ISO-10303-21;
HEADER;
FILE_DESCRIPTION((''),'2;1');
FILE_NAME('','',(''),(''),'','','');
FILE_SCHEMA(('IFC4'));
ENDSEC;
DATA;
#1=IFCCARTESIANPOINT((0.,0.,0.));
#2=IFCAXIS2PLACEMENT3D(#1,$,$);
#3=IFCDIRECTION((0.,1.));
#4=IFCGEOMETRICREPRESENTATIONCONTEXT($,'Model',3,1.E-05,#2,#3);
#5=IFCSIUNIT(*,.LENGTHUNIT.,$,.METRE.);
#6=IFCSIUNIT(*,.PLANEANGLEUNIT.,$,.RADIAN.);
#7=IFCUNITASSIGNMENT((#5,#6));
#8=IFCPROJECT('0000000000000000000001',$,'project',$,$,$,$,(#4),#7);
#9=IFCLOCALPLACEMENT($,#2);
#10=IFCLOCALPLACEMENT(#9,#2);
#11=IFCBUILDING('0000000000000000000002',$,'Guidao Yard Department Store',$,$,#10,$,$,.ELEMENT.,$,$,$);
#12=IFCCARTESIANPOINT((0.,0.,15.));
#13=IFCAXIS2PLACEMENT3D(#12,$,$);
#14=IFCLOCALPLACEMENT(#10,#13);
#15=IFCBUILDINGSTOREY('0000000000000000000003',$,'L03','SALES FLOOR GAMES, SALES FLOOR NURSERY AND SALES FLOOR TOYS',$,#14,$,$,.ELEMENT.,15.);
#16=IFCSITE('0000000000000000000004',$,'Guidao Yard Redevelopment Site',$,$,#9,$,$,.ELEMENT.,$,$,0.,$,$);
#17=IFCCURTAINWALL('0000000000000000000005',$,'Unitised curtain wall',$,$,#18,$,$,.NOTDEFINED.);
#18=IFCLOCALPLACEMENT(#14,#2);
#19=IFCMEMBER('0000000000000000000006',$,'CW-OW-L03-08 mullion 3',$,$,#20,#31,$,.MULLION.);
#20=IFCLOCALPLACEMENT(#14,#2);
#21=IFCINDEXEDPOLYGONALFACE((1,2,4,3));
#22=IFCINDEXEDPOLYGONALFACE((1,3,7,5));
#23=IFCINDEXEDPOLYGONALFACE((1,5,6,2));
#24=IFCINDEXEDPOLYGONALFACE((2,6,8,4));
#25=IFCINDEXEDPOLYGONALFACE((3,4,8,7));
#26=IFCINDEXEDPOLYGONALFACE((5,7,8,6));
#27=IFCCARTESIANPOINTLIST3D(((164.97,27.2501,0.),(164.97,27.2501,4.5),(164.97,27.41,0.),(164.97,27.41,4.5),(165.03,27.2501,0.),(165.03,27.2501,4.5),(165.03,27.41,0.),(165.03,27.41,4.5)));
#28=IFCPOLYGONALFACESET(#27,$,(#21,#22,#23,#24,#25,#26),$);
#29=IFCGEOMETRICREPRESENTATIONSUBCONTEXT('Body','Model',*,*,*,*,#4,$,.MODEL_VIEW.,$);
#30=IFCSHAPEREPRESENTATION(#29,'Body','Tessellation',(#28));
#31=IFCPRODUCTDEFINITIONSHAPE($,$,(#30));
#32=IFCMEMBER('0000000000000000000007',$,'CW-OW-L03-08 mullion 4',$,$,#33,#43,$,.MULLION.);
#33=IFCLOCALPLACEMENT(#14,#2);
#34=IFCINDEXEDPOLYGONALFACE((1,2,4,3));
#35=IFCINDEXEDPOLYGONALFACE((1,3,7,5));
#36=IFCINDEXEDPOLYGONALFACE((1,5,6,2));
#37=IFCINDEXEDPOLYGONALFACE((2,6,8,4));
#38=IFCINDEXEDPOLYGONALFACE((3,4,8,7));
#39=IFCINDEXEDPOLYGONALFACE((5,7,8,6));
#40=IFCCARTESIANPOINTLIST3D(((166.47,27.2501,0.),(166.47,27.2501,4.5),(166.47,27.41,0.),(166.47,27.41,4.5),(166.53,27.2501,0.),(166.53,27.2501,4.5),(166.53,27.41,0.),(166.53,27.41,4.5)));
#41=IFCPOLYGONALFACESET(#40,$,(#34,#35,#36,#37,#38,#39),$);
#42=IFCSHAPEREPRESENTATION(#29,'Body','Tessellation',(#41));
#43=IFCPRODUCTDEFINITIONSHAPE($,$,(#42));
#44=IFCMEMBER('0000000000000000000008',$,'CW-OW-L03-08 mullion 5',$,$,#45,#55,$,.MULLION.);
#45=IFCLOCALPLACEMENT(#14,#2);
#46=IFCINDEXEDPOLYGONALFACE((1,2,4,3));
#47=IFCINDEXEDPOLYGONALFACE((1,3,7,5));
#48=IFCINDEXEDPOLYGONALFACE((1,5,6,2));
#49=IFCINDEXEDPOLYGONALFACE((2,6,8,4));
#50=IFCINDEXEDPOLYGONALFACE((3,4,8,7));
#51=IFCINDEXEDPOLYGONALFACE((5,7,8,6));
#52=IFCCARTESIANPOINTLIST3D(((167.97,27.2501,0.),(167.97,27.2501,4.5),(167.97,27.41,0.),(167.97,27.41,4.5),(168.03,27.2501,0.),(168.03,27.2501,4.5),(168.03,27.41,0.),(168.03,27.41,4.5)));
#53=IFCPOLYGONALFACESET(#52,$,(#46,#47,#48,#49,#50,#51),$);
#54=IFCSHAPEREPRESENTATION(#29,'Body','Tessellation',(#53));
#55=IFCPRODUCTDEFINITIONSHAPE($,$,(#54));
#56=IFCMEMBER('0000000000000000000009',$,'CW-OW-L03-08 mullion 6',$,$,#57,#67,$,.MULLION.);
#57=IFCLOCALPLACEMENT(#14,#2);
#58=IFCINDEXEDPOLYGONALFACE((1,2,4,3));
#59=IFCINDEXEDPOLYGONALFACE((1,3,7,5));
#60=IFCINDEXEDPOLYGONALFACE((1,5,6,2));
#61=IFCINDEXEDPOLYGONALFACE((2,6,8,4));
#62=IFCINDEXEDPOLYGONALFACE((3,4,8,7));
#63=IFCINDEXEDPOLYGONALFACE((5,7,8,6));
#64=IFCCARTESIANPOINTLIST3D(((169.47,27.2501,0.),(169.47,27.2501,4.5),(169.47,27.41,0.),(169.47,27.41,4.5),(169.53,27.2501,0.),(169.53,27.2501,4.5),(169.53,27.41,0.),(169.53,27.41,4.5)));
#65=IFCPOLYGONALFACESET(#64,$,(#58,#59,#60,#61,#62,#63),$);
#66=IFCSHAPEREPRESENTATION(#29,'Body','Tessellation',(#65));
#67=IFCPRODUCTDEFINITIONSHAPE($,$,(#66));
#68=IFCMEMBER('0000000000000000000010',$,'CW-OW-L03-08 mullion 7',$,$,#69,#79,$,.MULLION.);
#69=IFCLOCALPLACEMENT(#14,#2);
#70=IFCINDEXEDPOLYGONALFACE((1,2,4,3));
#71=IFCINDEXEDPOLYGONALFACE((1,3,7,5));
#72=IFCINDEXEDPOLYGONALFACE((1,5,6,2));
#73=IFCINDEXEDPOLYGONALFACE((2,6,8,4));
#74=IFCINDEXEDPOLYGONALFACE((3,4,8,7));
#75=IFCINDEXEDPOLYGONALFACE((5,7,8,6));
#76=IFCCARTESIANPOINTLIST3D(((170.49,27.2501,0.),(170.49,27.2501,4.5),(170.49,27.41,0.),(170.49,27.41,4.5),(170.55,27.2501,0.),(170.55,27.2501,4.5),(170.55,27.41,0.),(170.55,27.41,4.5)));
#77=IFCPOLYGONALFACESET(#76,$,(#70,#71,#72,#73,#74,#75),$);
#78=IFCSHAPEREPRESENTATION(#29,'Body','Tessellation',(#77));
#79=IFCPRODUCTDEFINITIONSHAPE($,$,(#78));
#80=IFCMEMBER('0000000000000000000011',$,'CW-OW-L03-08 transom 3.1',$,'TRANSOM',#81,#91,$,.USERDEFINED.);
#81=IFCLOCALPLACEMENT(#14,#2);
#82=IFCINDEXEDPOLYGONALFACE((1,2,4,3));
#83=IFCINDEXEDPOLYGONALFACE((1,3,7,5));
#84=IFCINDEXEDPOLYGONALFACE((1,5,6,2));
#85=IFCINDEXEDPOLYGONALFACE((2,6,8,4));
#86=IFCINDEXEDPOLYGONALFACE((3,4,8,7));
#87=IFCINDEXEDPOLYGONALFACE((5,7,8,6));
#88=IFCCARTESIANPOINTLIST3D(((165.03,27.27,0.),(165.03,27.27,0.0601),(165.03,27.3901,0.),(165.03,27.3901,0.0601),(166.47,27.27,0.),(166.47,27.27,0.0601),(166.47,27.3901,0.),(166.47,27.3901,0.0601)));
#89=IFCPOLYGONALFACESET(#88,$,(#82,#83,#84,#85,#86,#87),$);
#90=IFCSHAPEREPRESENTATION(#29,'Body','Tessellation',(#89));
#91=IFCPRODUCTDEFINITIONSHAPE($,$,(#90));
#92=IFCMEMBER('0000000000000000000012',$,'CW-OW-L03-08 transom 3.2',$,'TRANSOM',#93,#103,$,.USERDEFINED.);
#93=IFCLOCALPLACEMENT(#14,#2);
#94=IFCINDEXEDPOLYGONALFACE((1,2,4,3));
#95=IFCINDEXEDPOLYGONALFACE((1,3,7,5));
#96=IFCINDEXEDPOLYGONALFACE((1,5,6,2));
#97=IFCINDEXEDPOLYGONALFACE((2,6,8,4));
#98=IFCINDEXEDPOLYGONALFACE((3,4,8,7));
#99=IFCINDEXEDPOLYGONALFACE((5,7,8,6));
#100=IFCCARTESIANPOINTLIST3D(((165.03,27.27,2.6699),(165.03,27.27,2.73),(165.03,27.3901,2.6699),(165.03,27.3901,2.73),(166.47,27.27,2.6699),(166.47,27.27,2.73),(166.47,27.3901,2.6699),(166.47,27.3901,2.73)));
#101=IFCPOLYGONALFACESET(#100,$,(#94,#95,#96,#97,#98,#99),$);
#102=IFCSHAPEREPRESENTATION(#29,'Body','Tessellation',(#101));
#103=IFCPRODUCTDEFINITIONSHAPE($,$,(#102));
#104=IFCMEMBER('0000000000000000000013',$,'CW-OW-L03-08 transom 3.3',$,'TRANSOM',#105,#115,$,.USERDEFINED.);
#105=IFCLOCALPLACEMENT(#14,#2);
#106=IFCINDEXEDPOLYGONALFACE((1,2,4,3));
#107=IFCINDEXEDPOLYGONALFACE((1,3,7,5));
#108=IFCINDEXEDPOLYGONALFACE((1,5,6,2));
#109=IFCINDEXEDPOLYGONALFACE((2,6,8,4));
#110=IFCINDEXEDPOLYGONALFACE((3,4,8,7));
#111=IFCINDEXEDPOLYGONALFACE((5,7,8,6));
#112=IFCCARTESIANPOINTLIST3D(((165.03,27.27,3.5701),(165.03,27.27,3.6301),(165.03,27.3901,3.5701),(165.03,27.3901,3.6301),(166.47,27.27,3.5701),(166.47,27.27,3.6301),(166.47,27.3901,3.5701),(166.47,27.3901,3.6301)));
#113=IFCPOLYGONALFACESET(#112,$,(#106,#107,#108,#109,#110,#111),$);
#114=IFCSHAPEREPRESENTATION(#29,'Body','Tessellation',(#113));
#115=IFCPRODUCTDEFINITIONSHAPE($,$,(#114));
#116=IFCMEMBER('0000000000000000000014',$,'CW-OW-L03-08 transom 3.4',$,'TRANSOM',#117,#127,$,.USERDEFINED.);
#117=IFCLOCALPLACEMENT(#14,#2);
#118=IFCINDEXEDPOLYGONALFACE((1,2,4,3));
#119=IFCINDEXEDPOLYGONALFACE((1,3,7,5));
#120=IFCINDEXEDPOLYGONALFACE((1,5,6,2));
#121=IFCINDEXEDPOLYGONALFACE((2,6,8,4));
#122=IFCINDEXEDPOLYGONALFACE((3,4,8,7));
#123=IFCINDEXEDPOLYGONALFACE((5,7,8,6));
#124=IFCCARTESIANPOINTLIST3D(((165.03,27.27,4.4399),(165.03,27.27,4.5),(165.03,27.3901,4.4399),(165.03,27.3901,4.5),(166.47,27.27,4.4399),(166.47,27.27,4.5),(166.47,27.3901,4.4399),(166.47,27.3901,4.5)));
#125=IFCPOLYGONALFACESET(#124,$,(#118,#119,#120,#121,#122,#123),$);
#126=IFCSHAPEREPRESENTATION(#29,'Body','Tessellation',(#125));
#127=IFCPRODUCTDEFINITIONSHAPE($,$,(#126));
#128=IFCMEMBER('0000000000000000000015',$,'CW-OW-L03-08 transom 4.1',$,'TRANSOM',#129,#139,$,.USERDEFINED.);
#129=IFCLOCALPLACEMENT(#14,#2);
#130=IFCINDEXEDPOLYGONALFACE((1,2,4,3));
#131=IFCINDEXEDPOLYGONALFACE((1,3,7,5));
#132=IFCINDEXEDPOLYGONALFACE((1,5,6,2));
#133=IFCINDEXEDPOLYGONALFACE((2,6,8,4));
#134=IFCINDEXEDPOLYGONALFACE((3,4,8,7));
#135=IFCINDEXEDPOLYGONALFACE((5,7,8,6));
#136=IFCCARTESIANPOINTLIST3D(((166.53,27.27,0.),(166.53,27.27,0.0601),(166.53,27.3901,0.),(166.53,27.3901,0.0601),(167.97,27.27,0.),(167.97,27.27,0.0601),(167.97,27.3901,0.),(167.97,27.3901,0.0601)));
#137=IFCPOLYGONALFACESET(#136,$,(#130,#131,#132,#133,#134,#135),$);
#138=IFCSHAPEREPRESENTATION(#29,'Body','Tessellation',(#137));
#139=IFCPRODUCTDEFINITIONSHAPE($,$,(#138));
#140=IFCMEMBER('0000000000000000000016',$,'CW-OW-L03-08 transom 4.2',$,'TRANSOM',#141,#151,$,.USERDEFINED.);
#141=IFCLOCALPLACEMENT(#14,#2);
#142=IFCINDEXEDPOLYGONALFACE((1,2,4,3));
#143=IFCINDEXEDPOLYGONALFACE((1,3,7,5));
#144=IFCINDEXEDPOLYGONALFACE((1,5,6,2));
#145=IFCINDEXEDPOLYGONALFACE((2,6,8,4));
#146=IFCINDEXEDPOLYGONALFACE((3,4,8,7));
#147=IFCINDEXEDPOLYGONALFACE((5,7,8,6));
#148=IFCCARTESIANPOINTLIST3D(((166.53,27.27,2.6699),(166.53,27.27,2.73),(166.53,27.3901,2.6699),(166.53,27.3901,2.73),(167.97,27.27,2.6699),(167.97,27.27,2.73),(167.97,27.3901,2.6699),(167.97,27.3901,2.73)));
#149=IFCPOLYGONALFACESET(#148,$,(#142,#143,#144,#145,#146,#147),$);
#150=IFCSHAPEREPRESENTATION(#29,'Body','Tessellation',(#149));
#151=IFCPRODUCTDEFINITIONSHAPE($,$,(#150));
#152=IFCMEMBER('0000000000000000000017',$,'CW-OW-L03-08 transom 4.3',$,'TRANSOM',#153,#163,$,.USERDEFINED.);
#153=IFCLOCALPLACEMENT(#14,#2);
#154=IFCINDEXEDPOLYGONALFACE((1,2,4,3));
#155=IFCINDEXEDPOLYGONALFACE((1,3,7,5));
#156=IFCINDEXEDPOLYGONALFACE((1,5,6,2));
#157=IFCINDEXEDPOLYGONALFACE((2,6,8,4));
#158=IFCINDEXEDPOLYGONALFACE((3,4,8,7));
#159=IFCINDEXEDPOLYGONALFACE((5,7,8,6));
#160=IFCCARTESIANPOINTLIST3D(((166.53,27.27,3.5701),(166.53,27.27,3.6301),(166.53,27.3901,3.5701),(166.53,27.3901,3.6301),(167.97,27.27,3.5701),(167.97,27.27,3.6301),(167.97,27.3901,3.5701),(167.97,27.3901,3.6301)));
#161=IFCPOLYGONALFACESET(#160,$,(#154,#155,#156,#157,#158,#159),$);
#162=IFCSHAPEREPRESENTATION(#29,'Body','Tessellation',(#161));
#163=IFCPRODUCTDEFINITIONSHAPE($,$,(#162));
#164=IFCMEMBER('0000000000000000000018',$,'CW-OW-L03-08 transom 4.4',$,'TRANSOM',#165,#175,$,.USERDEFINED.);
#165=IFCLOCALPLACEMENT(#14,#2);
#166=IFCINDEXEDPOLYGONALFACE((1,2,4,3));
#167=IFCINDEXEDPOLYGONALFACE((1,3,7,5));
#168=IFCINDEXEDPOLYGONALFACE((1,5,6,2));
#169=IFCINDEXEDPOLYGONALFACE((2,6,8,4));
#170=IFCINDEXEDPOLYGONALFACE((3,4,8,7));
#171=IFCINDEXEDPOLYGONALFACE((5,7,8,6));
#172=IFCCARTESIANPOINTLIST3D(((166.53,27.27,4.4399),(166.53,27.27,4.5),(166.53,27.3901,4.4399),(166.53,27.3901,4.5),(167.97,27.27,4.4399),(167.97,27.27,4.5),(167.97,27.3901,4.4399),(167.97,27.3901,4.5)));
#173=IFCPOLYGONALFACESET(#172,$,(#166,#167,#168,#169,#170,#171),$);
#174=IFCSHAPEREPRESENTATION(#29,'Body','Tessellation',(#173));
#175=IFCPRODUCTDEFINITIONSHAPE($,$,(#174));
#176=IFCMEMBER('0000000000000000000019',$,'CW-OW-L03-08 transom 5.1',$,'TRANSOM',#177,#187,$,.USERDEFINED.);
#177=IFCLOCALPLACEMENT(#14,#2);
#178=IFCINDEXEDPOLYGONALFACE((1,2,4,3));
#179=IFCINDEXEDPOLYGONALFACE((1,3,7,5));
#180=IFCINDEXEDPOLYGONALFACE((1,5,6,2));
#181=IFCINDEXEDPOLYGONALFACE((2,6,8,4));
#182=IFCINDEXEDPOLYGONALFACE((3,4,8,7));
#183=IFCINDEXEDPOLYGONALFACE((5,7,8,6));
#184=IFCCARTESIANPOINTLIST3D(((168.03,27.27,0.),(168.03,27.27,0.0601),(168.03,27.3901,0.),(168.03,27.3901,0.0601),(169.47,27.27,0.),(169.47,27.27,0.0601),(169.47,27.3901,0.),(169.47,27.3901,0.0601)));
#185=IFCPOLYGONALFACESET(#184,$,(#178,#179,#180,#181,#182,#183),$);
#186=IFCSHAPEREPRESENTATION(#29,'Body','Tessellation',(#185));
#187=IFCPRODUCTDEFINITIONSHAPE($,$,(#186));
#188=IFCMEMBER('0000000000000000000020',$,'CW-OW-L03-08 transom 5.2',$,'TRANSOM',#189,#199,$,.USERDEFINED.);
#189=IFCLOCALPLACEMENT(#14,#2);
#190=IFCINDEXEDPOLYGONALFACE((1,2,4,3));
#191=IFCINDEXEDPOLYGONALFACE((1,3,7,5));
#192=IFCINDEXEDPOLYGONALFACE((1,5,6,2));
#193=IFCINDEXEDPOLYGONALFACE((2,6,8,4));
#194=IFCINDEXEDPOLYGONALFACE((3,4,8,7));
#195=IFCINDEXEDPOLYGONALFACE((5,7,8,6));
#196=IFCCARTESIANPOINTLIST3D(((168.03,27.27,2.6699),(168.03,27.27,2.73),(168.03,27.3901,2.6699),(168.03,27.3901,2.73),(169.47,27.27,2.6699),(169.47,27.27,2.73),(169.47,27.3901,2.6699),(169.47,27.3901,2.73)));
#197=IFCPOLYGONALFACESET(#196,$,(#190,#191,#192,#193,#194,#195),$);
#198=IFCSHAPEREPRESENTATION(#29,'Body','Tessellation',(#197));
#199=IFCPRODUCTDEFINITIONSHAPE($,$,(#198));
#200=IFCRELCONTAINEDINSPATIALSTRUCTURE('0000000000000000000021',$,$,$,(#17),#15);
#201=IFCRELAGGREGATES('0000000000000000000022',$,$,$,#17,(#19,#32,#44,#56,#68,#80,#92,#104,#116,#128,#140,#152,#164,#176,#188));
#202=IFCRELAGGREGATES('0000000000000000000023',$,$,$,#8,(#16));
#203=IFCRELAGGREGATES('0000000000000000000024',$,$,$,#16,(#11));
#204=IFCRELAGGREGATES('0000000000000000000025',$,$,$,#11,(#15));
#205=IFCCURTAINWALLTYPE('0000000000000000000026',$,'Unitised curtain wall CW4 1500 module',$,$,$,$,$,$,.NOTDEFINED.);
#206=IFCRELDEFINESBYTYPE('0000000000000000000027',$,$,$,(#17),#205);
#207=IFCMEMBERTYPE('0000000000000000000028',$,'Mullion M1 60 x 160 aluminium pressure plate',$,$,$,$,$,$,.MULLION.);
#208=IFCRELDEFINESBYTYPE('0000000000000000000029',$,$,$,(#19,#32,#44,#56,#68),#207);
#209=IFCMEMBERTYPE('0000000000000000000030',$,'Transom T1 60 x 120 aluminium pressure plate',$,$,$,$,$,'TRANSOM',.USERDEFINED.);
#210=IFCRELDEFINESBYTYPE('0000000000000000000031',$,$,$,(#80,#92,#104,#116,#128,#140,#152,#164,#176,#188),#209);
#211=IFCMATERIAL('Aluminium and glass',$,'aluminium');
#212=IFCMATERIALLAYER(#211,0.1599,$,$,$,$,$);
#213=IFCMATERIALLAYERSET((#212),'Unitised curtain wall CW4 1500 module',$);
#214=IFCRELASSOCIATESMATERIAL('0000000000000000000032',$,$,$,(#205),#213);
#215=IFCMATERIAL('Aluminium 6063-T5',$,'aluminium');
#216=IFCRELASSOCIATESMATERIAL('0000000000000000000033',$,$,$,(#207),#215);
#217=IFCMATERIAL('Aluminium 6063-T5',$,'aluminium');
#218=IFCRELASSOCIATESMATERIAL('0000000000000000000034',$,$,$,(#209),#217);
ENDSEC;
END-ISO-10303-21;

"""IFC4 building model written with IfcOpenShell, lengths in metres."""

from ifc_helpers import new_model, si_unit, direction, frame, origin, origin_2d, place, context, subcontext, project, spatial, rectangle, extrude, material, layer, layer_set, material_profile, profile_set, type_object, element, aggregate, save


model = new_model("IFC4")

# Units and contexts
model_context = context("Model", 3, precision=1e-05, world=origin(), true_north=direction((0.0, 1.0)))
body_context = subcontext(model_context, "Body", "Model", "MODEL_VIEW")
ifc_project = project(units=[si_unit("LENGTHUNIT", "METRE"), si_unit("PLANEANGLEUNIT", "RADIAN")], contexts=[model_context])

# Site, building, storey
site_placement = place(None, origin())
site = spatial("IfcSite", under=ifc_project, at=site_placement, Name="Guidao Yard Redevelopment Site", CompositionType="ELEMENT", RefElevation=0.0)
building_placement = place(site_placement, origin())
building = spatial("IfcBuilding", under=site, at=building_placement, Name="Guidao Yard Department Store", CompositionType="ELEMENT")
storey_placement = place(building_placement, frame((0.0, 0.0, 15.0)))
storey = spatial("IfcBuildingStorey", under=building, at=storey_placement, Name="L03", Description="SALES FLOOR GAMES, SALES FLOOR NURSERY AND SALES FLOOR TOYS", CompositionType="ELEMENT", Elevation=15.0)

# Curtain wall, members
ifc_material_1 = material(Name="Aluminium and glass", Category="aluminium")
ifc_layer_1 = layer(ifc_material_1, 0.1599)
ifc_layer_set_1 = layer_set([ifc_layer_1], Name="Unitised curtain wall CW4 1500 module")
curtain_wall_type = type_object("IfcCurtainWallType", Name="Unitised curtain wall CW4 1500 module", PredefinedType="NOTDEFINED", material=ifc_layer_set_1)
curtain_wall_placement = place(storey_placement, origin())
curtain_wall = element("IfcCurtainWall", 1, at=curtain_wall_placement, inside=storey, type_object=curtain_wall_type, Name="Unitised curtain wall", PredefinedType="NOTDEFINED")
ifc_material_2 = material(Name="Aluminium 6063-T5", Category="aluminium")
ifc_material_profile_1 = material_profile(ifc_material_2, rectangle(XDim=0.0601, YDim=0.1599, at=origin_2d()), Name="Mullion M1 60 x 160 aluminium pressure plate")
ifc_profile_set_1 = profile_set([ifc_material_profile_1], Name="Aluminium 6063-T5")
member_type_1 = type_object("IfcMemberType", Name="Mullion M1 60 x 160 aluminium pressure plate", PredefinedType="MULLION", material=ifc_profile_set_1)
member_1_placement = place(storey_placement, frame((165.0, 27.3301, 0.0), z_axis=(0.0, 0.0, 1.0), x_axis=(1.0, 0.0, 0.0)))
member_1 = element("IfcMember", 2, at=member_1_placement, type_object=member_type_1, Name="CW-OW-L03-08 mullion 3", PredefinedType="MULLION", context=body_context, shape_type="SweptSolid", body=[
    extrude(rectangle(XDim=0.0601, YDim=0.1599, at=origin_2d()), origin(), (0.0, 0.0, 1.0), 4.5),
])
member_2_placement = place(storey_placement, frame((166.5, 27.3301, 0.0), z_axis=(0.0, 0.0, 1.0), x_axis=(1.0, 0.0, 0.0)))
member_2 = element("IfcMember", 3, at=member_2_placement, type_object=member_type_1, Name="CW-OW-L03-08 mullion 4", PredefinedType="MULLION", context=body_context, shape_type="SweptSolid", body=[
    extrude(rectangle(XDim=0.0601, YDim=0.1599, at=origin_2d()), origin(), (0.0, 0.0, 1.0), 4.5),
])
member_3_placement = place(storey_placement, frame((168.0, 27.3301, 0.0), z_axis=(0.0, 0.0, 1.0), x_axis=(1.0, 0.0, 0.0)))
member_3 = element("IfcMember", 4, at=member_3_placement, type_object=member_type_1, Name="CW-OW-L03-08 mullion 5", PredefinedType="MULLION", context=body_context, shape_type="SweptSolid", body=[
    extrude(rectangle(XDim=0.0601, YDim=0.1599, at=origin_2d()), origin(), (0.0, 0.0, 1.0), 4.5),
])
member_4_placement = place(storey_placement, frame((169.5, 27.3301, 0.0), z_axis=(0.0, 0.0, 1.0), x_axis=(1.0, 0.0, 0.0)))
member_4 = element("IfcMember", 5, at=member_4_placement, type_object=member_type_1, Name="CW-OW-L03-08 mullion 6", PredefinedType="MULLION", context=body_context, shape_type="SweptSolid", body=[
    extrude(rectangle(XDim=0.0601, YDim=0.1599, at=origin_2d()), origin(), (0.0, 0.0, 1.0), 4.5),
])
member_5_placement = place(storey_placement, frame((170.52, 27.3301, 0.0), z_axis=(0.0, 0.0, 1.0), x_axis=(1.0, 0.0, 0.0)))
member_5 = element("IfcMember", 6, at=member_5_placement, type_object=member_type_1, Name="CW-OW-L03-08 mullion 7", PredefinedType="MULLION", context=body_context, shape_type="SweptSolid", body=[
    extrude(rectangle(XDim=0.0601, YDim=0.1599, at=origin_2d()), origin(), (0.0, 0.0, 1.0), 4.5),
])
ifc_material_3 = material(Name="Aluminium 6063-T5", Category="aluminium")
ifc_material_profile_2 = material_profile(ifc_material_3, rectangle(XDim=0.1201, YDim=0.0601, at=origin_2d()), Name="Transom T1 60 x 120 aluminium pressure plate")
ifc_profile_set_2 = profile_set([ifc_material_profile_2], Name="Aluminium 6063-T5")
member_type_2 = type_object("IfcMemberType", Name="Transom T1 60 x 120 aluminium pressure plate", ElementType="TRANSOM", PredefinedType="USERDEFINED", material=ifc_profile_set_2)
member_6_placement = place(storey_placement, frame((165.03, 27.3301, 0.03), z_axis=(1.0, 0.0, 0.0), x_axis=(0.0, 1.0, 0.0)))
member_6 = element("IfcMember", 7, at=member_6_placement, type_object=member_type_2, Name="CW-OW-L03-08 transom 3.1", ObjectType="TRANSOM", PredefinedType="USERDEFINED", context=body_context, shape_type="SweptSolid", body=[
    extrude(rectangle(XDim=0.1201, YDim=0.0601, at=origin_2d()), origin(), (0.0, 0.0, 1.0), 1.4399),
])
member_7_placement = place(storey_placement, frame((165.03, 27.3301, 2.7), z_axis=(1.0, 0.0, 0.0), x_axis=(0.0, 1.0, 0.0)))
member_7 = element("IfcMember", 8, at=member_7_placement, type_object=member_type_2, Name="CW-OW-L03-08 transom 3.2", ObjectType="TRANSOM", PredefinedType="USERDEFINED", context=body_context, shape_type="SweptSolid", body=[
    extrude(rectangle(XDim=0.1201, YDim=0.0601, at=origin_2d()), origin(), (0.0, 0.0, 1.0), 1.4399),
])
member_8_placement = place(storey_placement, frame((165.03, 27.3301, 3.6001), z_axis=(1.0, 0.0, 0.0), x_axis=(0.0, 1.0, 0.0)))
member_8 = element("IfcMember", 9, at=member_8_placement, type_object=member_type_2, Name="CW-OW-L03-08 transom 3.3", ObjectType="TRANSOM", PredefinedType="USERDEFINED", context=body_context, shape_type="SweptSolid", body=[
    extrude(rectangle(XDim=0.1201, YDim=0.0601, at=origin_2d()), origin(), (0.0, 0.0, 1.0), 1.4399),
])
member_9_placement = place(storey_placement, frame((165.03, 27.3301, 4.47), z_axis=(1.0, 0.0, 0.0), x_axis=(0.0, 1.0, 0.0)))
member_9 = element("IfcMember", 10, at=member_9_placement, type_object=member_type_2, Name="CW-OW-L03-08 transom 3.4", ObjectType="TRANSOM", PredefinedType="USERDEFINED", context=body_context, shape_type="SweptSolid", body=[
    extrude(rectangle(XDim=0.1201, YDim=0.0601, at=origin_2d()), origin(), (0.0, 0.0, 1.0), 1.4399),
])
member_10_placement = place(storey_placement, frame((166.53, 27.3301, 0.03), z_axis=(1.0, 0.0, 0.0), x_axis=(0.0, 1.0, 0.0)))
member_10 = element("IfcMember", 11, at=member_10_placement, type_object=member_type_2, Name="CW-OW-L03-08 transom 4.1", ObjectType="TRANSOM", PredefinedType="USERDEFINED", context=body_context, shape_type="SweptSolid", body=[
    extrude(rectangle(XDim=0.1201, YDim=0.0601, at=origin_2d()), origin(), (0.0, 0.0, 1.0), 1.4399),
])
member_11_placement = place(storey_placement, frame((166.53, 27.3301, 2.7), z_axis=(1.0, 0.0, 0.0), x_axis=(0.0, 1.0, 0.0)))
member_11 = element("IfcMember", 12, at=member_11_placement, type_object=member_type_2, Name="CW-OW-L03-08 transom 4.2", ObjectType="TRANSOM", PredefinedType="USERDEFINED", context=body_context, shape_type="SweptSolid", body=[
    extrude(rectangle(XDim=0.1201, YDim=0.0601, at=origin_2d()), origin(), (0.0, 0.0, 1.0), 1.4399),
])
member_12_placement = place(storey_placement, frame((166.53, 27.3301, 3.6001), z_axis=(1.0, 0.0, 0.0), x_axis=(0.0, 1.0, 0.0)))
member_12 = element("IfcMember", 13, at=member_12_placement, type_object=member_type_2, Name="CW-OW-L03-08 transom 4.3", ObjectType="TRANSOM", PredefinedType="USERDEFINED", context=body_context, shape_type="SweptSolid", body=[
    extrude(rectangle(XDim=0.1201, YDim=0.0601, at=origin_2d()), origin(), (0.0, 0.0, 1.0), 1.4399),
])
member_13_placement = place(storey_placement, frame((166.53, 27.3301, 4.47), z_axis=(1.0, 0.0, 0.0), x_axis=(0.0, 1.0, 0.0)))
member_13 = element("IfcMember", 14, at=member_13_placement, type_object=member_type_2, Name="CW-OW-L03-08 transom 4.4", ObjectType="TRANSOM", PredefinedType="USERDEFINED", context=body_context, shape_type="SweptSolid", body=[
    extrude(rectangle(XDim=0.1201, YDim=0.0601, at=origin_2d()), origin(), (0.0, 0.0, 1.0), 1.4399),
])
member_14_placement = place(storey_placement, frame((168.03, 27.3301, 0.03), z_axis=(1.0, 0.0, 0.0), x_axis=(0.0, 1.0, 0.0)))
member_14 = element("IfcMember", 15, at=member_14_placement, type_object=member_type_2, Name="CW-OW-L03-08 transom 5.1", ObjectType="TRANSOM", PredefinedType="USERDEFINED", context=body_context, shape_type="SweptSolid", body=[
    extrude(rectangle(XDim=0.1201, YDim=0.0601, at=origin_2d()), origin(), (0.0, 0.0, 1.0), 1.4399),
])
member_15_placement = place(storey_placement, frame((168.03, 27.3301, 2.7), z_axis=(1.0, 0.0, 0.0), x_axis=(0.0, 1.0, 0.0)))
member_15 = element("IfcMember", 16, at=member_15_placement, type_object=member_type_2, Name="CW-OW-L03-08 transom 5.2", ObjectType="TRANSOM", PredefinedType="USERDEFINED", context=body_context, shape_type="SweptSolid", body=[
    extrude(rectangle(XDim=0.1201, YDim=0.0601, at=origin_2d()), origin(), (0.0, 0.0, 1.0), 1.4399),
])
aggregate(curtain_wall, [member_1, member_2, member_3, member_4, member_5, member_6, member_7, member_8, member_9, member_10, member_11, member_12, member_13, member_14, member_15])

save(model, "model.ifc")
